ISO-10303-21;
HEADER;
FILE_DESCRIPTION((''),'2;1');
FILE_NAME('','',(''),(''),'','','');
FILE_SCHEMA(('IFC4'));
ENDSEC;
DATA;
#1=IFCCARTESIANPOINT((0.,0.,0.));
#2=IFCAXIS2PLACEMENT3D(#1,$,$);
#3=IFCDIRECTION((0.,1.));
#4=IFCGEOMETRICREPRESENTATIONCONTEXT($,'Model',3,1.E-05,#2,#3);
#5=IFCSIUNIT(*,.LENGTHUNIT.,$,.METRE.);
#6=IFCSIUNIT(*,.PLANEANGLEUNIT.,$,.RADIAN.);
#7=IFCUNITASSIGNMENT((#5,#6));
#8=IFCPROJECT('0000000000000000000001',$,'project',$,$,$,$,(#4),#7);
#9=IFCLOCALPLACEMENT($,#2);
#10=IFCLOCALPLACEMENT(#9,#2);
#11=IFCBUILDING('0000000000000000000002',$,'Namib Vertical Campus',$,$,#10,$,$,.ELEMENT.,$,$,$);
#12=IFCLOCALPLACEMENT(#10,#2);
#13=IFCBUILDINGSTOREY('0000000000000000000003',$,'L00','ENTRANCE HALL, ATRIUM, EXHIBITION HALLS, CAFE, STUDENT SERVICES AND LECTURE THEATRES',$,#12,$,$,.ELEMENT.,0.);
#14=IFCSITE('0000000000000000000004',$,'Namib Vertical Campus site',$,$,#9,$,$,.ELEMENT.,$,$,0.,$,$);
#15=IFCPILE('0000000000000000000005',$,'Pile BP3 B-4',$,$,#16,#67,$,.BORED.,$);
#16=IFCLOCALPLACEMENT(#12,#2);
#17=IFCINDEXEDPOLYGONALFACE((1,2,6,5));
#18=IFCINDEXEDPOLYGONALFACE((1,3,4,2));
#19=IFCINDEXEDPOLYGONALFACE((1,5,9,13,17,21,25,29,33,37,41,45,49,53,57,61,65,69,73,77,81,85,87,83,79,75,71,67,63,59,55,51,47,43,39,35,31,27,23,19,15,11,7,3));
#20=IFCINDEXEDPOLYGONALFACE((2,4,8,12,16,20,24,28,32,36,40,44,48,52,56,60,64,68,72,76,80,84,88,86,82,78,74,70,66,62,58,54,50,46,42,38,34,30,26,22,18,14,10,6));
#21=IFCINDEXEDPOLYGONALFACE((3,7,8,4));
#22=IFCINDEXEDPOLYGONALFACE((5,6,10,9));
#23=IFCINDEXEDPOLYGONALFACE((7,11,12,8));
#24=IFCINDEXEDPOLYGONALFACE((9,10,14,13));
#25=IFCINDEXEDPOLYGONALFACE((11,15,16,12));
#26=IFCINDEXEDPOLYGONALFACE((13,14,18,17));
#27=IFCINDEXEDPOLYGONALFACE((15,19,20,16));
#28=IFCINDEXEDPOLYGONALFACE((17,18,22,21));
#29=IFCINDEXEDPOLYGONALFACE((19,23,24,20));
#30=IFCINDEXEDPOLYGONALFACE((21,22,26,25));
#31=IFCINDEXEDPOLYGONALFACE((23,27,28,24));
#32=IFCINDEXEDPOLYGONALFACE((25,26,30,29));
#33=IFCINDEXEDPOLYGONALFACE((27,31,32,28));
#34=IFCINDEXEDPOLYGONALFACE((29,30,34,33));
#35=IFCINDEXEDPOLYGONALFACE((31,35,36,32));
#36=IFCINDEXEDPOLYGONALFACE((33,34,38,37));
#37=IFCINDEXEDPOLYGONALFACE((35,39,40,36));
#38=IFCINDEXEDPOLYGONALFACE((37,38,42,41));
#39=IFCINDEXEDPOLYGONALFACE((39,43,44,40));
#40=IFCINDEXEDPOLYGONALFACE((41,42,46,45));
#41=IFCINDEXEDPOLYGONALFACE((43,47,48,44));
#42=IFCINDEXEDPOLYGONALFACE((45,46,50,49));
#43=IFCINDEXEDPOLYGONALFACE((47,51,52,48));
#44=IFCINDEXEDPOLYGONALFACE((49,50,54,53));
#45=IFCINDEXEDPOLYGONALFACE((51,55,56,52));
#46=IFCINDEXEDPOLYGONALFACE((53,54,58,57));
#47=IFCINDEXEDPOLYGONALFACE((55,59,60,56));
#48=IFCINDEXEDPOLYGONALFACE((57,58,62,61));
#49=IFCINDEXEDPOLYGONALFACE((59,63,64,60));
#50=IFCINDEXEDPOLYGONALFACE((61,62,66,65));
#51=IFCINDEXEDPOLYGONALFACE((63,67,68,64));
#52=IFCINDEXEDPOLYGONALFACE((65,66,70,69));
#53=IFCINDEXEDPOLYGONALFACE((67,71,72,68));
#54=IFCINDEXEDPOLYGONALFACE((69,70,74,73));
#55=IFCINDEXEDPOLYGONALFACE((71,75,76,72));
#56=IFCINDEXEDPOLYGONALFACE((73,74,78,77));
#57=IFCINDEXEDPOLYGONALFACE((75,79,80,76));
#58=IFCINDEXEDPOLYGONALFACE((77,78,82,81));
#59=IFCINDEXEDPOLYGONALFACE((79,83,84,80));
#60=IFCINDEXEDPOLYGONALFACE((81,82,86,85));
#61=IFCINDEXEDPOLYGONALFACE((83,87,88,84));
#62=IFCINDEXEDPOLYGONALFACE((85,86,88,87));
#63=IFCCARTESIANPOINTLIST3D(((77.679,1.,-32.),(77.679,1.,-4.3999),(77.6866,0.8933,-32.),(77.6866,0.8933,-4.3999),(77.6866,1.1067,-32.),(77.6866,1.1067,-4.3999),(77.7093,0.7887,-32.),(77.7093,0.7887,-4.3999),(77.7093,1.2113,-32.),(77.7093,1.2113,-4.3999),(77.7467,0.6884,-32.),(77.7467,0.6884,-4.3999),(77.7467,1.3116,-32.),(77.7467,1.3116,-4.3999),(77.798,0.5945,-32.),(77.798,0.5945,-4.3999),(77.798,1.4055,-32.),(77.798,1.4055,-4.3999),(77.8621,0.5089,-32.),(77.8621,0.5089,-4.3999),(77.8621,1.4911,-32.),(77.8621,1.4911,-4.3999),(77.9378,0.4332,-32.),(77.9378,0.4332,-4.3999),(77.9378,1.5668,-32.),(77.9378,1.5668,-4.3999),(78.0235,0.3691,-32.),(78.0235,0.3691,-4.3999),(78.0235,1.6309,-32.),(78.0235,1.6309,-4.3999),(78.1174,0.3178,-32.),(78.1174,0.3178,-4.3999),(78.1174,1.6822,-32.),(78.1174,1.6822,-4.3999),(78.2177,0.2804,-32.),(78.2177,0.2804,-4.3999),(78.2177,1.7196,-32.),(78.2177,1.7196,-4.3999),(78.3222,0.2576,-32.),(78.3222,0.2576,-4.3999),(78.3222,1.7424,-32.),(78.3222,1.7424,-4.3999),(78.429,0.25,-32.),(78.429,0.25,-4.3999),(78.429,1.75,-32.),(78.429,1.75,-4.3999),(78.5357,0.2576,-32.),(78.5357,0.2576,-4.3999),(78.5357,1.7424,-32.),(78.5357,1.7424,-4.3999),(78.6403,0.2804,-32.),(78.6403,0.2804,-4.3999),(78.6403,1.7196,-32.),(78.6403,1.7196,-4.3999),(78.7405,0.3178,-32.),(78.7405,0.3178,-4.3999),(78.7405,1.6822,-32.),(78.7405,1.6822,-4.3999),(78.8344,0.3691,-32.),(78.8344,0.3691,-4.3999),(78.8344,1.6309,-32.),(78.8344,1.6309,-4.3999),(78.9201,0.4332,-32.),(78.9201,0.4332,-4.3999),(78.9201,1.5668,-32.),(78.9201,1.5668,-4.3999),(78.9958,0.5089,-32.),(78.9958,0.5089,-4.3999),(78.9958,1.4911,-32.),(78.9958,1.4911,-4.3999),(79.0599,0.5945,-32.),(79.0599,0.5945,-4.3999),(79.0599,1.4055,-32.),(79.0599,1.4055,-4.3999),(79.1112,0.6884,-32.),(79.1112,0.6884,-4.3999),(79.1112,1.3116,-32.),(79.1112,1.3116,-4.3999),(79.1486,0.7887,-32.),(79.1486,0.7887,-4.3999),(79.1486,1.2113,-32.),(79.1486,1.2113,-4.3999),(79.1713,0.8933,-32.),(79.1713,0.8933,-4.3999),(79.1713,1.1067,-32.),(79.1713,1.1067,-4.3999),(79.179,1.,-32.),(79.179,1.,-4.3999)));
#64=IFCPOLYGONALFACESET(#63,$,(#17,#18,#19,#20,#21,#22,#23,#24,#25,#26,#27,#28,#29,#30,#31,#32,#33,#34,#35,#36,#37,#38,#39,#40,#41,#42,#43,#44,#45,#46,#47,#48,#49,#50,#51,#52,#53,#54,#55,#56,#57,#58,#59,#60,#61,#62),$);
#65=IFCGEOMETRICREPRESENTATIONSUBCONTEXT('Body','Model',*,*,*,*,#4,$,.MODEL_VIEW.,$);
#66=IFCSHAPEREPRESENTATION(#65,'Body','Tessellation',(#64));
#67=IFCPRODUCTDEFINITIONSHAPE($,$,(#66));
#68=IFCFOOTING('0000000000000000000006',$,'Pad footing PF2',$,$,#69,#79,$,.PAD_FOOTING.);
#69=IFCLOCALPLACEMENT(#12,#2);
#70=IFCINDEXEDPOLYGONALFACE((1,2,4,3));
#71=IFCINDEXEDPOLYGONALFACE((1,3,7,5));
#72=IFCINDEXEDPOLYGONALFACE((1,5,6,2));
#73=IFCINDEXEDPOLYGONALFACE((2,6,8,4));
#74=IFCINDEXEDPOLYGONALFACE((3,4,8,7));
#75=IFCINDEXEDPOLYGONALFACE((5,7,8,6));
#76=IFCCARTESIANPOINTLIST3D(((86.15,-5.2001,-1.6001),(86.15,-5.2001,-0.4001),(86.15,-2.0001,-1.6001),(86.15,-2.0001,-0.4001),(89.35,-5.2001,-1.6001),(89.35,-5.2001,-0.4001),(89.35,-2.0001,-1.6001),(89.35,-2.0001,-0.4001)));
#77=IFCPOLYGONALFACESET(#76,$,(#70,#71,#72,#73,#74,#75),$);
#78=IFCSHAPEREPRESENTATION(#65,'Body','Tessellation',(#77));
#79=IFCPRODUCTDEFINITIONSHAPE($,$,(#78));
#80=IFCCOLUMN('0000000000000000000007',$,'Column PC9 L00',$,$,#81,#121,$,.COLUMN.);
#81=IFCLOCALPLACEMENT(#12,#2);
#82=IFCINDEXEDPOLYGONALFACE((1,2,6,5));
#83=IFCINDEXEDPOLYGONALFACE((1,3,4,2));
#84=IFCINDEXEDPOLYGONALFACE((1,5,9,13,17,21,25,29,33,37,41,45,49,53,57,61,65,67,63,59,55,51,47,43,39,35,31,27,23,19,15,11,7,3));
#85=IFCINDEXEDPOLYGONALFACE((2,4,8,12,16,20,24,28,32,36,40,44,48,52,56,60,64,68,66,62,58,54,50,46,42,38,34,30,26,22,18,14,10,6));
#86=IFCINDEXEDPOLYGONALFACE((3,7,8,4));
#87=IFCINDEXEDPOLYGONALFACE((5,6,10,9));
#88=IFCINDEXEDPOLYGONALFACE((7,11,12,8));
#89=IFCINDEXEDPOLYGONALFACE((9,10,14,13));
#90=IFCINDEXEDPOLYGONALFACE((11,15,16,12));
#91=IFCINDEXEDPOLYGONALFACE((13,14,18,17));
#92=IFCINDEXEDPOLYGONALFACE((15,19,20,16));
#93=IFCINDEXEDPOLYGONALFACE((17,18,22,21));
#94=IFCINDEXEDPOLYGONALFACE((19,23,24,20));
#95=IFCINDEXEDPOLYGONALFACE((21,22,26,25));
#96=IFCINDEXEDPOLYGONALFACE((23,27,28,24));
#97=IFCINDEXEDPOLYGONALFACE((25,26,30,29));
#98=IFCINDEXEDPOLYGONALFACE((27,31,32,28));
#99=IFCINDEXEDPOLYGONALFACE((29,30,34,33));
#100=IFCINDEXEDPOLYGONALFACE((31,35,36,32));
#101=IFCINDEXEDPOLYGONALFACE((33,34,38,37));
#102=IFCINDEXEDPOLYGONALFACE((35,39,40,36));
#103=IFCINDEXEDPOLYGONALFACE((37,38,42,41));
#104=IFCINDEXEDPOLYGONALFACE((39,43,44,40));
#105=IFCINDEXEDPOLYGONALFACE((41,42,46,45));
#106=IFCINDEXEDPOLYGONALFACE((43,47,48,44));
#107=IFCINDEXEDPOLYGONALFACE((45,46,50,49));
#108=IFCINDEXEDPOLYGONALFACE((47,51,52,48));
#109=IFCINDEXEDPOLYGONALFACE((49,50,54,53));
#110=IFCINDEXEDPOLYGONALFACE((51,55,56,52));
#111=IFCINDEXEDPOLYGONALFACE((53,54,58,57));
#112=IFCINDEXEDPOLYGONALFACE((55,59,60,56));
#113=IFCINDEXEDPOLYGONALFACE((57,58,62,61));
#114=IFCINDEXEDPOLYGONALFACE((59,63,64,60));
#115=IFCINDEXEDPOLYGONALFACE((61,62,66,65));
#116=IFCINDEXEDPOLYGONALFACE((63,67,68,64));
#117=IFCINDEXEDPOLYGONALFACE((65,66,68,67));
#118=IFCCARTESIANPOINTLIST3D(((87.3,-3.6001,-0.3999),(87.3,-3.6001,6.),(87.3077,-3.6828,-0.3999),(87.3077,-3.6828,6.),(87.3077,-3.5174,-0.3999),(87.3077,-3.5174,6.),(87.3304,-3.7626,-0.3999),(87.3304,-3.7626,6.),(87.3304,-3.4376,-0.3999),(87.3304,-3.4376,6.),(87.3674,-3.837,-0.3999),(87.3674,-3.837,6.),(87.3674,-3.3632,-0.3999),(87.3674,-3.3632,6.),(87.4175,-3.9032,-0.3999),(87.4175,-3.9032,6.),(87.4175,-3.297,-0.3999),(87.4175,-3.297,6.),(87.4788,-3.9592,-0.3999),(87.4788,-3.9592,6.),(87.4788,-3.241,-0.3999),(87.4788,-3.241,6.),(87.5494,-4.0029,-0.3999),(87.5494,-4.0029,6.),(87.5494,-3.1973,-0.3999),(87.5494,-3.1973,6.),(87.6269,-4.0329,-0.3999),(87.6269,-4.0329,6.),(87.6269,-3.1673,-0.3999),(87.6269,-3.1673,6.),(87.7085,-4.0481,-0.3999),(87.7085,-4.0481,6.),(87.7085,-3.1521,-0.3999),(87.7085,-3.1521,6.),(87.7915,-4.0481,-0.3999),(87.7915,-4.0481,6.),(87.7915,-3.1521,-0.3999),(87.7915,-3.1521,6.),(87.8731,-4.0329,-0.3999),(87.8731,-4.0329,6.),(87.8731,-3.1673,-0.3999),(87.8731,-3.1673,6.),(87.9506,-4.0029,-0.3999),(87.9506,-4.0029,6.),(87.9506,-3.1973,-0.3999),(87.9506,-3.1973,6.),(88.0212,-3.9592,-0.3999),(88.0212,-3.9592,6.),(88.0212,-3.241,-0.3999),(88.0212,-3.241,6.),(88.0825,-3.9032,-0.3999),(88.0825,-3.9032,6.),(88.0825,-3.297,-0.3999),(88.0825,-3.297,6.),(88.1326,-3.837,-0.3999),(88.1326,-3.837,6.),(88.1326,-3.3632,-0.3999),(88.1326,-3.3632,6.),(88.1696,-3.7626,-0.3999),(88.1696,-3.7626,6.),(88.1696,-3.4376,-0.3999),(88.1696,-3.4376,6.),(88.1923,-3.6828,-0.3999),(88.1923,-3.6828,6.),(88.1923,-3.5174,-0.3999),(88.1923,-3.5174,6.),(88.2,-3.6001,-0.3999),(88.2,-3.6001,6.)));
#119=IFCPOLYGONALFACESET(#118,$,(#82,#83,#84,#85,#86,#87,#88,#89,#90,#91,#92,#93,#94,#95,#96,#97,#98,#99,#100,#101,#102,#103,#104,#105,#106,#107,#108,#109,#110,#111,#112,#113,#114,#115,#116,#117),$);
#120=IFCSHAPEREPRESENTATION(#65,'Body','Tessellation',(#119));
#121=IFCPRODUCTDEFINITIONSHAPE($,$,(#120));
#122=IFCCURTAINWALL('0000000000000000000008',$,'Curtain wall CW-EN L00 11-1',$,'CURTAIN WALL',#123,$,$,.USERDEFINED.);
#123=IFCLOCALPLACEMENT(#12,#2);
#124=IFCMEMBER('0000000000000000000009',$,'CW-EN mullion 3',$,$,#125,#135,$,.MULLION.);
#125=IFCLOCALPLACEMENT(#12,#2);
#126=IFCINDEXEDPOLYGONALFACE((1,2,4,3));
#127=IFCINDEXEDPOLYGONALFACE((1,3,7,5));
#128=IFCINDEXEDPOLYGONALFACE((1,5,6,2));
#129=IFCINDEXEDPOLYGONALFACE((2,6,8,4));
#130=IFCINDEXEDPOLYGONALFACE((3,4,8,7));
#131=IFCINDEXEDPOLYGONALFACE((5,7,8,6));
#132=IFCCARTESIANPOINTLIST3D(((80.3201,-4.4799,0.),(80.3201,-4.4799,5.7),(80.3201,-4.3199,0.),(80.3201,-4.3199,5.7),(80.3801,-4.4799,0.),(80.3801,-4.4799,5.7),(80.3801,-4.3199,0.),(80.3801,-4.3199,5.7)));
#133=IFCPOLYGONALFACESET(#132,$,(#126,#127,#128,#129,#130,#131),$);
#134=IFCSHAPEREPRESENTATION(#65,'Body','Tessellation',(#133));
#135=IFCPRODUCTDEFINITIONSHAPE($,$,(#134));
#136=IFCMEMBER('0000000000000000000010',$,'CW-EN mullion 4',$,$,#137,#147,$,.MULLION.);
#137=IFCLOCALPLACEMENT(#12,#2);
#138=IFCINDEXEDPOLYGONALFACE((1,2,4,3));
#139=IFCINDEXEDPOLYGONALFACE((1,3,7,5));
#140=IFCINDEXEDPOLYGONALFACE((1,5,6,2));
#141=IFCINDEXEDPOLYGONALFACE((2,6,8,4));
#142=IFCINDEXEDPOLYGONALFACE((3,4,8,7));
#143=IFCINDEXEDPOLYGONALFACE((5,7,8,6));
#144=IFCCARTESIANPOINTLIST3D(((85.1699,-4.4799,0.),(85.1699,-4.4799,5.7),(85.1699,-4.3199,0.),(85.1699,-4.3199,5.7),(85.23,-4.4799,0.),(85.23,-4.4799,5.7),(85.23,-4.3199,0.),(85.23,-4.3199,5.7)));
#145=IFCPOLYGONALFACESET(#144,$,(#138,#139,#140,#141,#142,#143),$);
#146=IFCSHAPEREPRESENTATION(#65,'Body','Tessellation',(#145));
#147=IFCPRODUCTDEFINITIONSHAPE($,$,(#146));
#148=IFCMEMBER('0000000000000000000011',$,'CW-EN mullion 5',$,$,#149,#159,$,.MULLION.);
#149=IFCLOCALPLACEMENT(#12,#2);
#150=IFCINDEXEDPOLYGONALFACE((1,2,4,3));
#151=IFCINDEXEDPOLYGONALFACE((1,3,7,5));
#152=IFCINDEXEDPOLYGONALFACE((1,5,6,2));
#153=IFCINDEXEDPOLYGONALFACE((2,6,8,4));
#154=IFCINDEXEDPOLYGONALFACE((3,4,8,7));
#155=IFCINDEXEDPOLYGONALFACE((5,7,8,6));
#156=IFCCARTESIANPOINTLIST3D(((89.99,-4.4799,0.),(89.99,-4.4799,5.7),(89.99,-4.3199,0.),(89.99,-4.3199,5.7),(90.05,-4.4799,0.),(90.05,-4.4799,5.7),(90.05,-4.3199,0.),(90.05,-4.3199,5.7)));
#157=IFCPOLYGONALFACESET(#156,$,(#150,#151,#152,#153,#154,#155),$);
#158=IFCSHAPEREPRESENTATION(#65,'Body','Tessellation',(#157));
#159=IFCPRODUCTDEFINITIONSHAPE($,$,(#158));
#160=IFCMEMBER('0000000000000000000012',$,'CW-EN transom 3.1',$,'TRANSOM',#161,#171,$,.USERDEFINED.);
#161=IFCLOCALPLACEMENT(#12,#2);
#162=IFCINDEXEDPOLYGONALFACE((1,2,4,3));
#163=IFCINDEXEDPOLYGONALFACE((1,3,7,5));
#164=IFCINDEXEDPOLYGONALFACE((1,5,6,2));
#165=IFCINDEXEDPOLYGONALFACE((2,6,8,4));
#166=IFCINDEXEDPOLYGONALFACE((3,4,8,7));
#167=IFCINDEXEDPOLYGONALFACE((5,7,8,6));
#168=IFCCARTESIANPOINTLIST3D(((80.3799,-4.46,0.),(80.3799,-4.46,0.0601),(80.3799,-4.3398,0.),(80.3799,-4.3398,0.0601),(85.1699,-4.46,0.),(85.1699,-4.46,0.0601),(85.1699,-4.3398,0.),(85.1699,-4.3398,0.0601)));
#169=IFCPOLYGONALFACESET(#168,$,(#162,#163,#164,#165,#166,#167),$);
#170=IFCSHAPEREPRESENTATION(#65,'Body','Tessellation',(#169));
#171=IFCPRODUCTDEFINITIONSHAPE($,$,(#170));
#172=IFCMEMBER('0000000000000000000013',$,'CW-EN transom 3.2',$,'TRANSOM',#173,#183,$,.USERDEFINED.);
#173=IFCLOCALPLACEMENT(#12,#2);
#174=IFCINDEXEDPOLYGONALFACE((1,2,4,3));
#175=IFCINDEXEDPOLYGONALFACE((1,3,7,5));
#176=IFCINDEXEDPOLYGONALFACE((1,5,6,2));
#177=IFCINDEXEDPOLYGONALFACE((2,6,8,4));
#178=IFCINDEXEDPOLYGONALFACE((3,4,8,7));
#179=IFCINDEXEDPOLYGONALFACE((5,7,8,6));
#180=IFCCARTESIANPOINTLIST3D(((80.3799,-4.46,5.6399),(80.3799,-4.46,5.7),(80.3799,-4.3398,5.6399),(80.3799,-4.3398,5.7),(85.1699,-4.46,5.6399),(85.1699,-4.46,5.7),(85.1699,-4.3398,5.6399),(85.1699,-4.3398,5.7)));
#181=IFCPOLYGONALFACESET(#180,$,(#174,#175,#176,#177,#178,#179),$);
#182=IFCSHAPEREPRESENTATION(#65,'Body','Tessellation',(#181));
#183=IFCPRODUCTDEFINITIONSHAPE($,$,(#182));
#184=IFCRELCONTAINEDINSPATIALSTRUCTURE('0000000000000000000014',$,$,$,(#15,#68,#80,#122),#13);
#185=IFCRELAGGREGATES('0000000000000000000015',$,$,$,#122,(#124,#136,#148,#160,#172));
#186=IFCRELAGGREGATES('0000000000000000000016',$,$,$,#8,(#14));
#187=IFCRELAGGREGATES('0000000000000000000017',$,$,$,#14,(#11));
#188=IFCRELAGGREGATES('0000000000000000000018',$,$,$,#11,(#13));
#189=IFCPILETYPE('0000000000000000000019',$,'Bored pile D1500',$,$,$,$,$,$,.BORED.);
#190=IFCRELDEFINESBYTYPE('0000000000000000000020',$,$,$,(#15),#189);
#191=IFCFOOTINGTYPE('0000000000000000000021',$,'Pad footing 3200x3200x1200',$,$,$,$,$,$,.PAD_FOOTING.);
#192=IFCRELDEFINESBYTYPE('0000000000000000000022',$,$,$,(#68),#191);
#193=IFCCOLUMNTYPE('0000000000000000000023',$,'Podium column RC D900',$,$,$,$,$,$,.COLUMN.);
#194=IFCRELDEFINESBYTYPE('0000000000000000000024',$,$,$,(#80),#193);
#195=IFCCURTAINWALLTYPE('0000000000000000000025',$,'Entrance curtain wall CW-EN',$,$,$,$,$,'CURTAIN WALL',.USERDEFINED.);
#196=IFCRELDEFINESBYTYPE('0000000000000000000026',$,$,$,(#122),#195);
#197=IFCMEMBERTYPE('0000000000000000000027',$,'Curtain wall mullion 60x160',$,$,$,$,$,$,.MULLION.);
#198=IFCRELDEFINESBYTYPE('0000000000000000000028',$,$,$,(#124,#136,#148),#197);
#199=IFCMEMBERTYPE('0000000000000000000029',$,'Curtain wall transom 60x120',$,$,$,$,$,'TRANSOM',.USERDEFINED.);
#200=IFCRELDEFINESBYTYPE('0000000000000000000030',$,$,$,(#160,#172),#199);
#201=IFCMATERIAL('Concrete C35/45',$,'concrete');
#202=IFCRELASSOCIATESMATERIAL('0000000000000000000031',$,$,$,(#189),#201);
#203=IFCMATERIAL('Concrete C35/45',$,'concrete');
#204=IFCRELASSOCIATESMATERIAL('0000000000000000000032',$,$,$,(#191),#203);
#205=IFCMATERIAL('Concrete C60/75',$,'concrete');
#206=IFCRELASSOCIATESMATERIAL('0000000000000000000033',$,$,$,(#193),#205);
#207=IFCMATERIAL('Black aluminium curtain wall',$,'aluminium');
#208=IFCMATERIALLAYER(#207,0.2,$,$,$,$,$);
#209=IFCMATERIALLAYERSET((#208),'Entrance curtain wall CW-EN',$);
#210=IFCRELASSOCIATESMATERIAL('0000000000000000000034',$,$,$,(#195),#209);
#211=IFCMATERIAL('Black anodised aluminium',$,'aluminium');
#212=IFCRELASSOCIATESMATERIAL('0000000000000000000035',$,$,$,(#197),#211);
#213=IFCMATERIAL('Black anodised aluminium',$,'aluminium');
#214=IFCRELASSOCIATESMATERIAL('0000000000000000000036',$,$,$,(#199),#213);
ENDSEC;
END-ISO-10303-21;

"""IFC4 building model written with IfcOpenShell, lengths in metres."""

from ifc_helpers import new_model, si_unit, direction, frame, origin, origin_2d, place, context, subcontext, project, spatial, rectangle, circle, extrude, material, layer, layer_set, material_profile, profile_set, type_object, element, aggregate, save


model = new_model("IFC4")

# Units and contexts
model_context = context("Model", 3, precision=1e-05, world=origin(), true_north=direction((0.0, 1.0)))
body_context = subcontext(model_context, "Body", "Model", "MODEL_VIEW")
ifc_project = project(units=[si_unit("LENGTHUNIT", "METRE"), si_unit("PLANEANGLEUNIT", "RADIAN")], contexts=[model_context])

# Site, building, storey
site_placement = place(None, origin())
site = spatial("IfcSite", under=ifc_project, at=site_placement, Name="Namib Vertical Campus site", CompositionType="ELEMENT", RefElevation=0.0)
building_placement = place(site_placement, origin())
building = spatial("IfcBuilding", under=site, at=building_placement, Name="Namib Vertical Campus", CompositionType="ELEMENT")
storey_placement = place(building_placement, origin())
storey = spatial("IfcBuildingStorey", under=building, at=storey_placement, Name="L00", Description="ENTRANCE HALL, ATRIUM, EXHIBITION HALLS, CAFE, STUDENT SERVICES AND LECTURE THEATRES", CompositionType="ELEMENT", Elevation=0.0)

# Pile
ifc_material_1 = material(Name="Concrete C35/45", Category="concrete")
ifc_material_profile_1 = material_profile(ifc_material_1, circle(Radius=0.75, at=origin_2d()))
ifc_profile_set_1 = profile_set([ifc_material_profile_1], Name="Concrete C35/45")
pile_type = type_object("IfcPileType", Name="Bored pile D1500", PredefinedType="BORED", material=ifc_profile_set_1)
pile_placement = place(storey_placement, frame((78.429, 1.0, -4.3999), z_axis=(0.0, 0.0, -1.0), x_axis=(1.0, 0.0, 0.0)))
element("IfcPile", 1, at=pile_placement, inside=storey, type_object=pile_type, Name="Pile BP3 B-4", PredefinedType="BORED", context=body_context, shape_type="SweptSolid", body=[
    extrude(circle(Radius=0.75, at=origin_2d()), origin(), (0.0, 0.0, 1.0), 27.6001),
])

# Footing
ifc_material_2 = material(Name="Concrete C35/45", Category="concrete")
footing_type = type_object("IfcFootingType", Name="Pad footing 3200x3200x1200", PredefinedType="PAD_FOOTING", material=ifc_material_2)
footing_placement = place(storey_placement, frame((87.75, -3.6001, -1.6001), z_axis=(0.0, 0.0, 1.0), x_axis=(1.0, 0.0, 0.0)))
element("IfcFooting", 2, at=footing_placement, inside=storey, type_object=footing_type, Name="Pad footing PF2", PredefinedType="PAD_FOOTING", context=body_context, shape_type="SweptSolid", body=[
    extrude(rectangle(XDim=3.2, YDim=3.2, at=origin_2d()), origin(), (0.0, 0.0, 1.0), 1.2),
])

# Column
ifc_material_3 = material(Name="Concrete C60/75", Category="concrete")
ifc_material_profile_2 = material_profile(ifc_material_3, circle(Radius=0.45, at=origin_2d()))
ifc_profile_set_2 = profile_set([ifc_material_profile_2], Name="Concrete C60/75")
column_type = type_object("IfcColumnType", Name="Podium column RC D900", PredefinedType="COLUMN", material=ifc_profile_set_2)
column_placement = place(storey_placement, frame((87.75, -3.6001, -0.3999), z_axis=(0.0, 0.0, 1.0), x_axis=(1.0, 0.0, 0.0)))
element("IfcColumn", 3, at=column_placement, inside=storey, type_object=column_type, Name="Column PC9 L00", PredefinedType="COLUMN", context=body_context, shape_type="SweptSolid", body=[
    extrude(circle(Radius=0.45, at=origin_2d()), origin(), (0.0, 0.0, 1.0), 6.3999),
])

# Curtain wall, members
ifc_material_4 = material(Name="Black aluminium curtain wall", Category="aluminium")
ifc_layer_1 = layer(ifc_material_4, 0.2)
ifc_layer_set_1 = layer_set([ifc_layer_1], Name="Entrance curtain wall CW-EN")
curtain_wall_type = type_object("IfcCurtainWallType", Name="Entrance curtain wall CW-EN", ElementType="CURTAIN WALL", PredefinedType="USERDEFINED", material=ifc_layer_set_1)
curtain_wall_placement = place(storey_placement, origin())
curtain_wall = element("IfcCurtainWall", 4, at=curtain_wall_placement, inside=storey, type_object=curtain_wall_type, Name="Curtain wall CW-EN L00 11-1", ObjectType="CURTAIN WALL", PredefinedType="USERDEFINED")
ifc_material_5 = material(Name="Black anodised aluminium", Category="aluminium")
ifc_material_profile_3 = material_profile(ifc_material_5, rectangle(XDim=0.0601, YDim=0.1599, at=origin_2d()))
ifc_profile_set_3 = profile_set([ifc_material_profile_3], Name="Black anodised aluminium")
member_type_1 = type_object("IfcMemberType", Name="Curtain wall mullion 60x160", PredefinedType="MULLION", material=ifc_profile_set_3)
member_1_placement = place(storey_placement, frame((80.3501, -4.3999, 0.0), z_axis=(0.0, 0.0, 1.0), x_axis=(1.0, 0.0, 0.0)))
member_1 = element("IfcMember", 5, at=member_1_placement, type_object=member_type_1, Name="CW-EN mullion 3", PredefinedType="MULLION", context=body_context, shape_type="SweptSolid", body=[
    extrude(rectangle(XDim=0.0601, YDim=0.1599, at=origin_2d()), origin(), (0.0, 0.0, 1.0), 5.7),
])
member_2_placement = place(storey_placement, frame((85.2, -4.3999, 0.0), z_axis=(0.0, 0.0, 1.0), x_axis=(1.0, 0.0, 0.0)))
member_2 = element("IfcMember", 6, at=member_2_placement, type_object=member_type_1, Name="CW-EN mullion 4", PredefinedType="MULLION", context=body_context, shape_type="SweptSolid", body=[
    extrude(rectangle(XDim=0.0601, YDim=0.1599, at=origin_2d()), origin(), (0.0, 0.0, 1.0), 5.7),
])
member_3_placement = place(storey_placement, frame((90.02, -4.3999, 0.0), z_axis=(0.0, 0.0, 1.0), x_axis=(1.0, 0.0, 0.0)))
member_3 = element("IfcMember", 7, at=member_3_placement, type_object=member_type_1, Name="CW-EN mullion 5", PredefinedType="MULLION", context=body_context, shape_type="SweptSolid", body=[
    extrude(rectangle(XDim=0.0601, YDim=0.1599, at=origin_2d()), origin(), (0.0, 0.0, 1.0), 5.7),
])
ifc_material_6 = material(Name="Black anodised aluminium", Category="aluminium")
ifc_material_profile_4 = material_profile(ifc_material_6, rectangle(XDim=0.0601, YDim=0.1201, at=origin_2d()))
ifc_profile_set_4 = profile_set([ifc_material_profile_4], Name="Black anodised aluminium")
member_type_2 = type_object("IfcMemberType", Name="Curtain wall transom 60x120", ElementType="TRANSOM", PredefinedType="USERDEFINED", material=ifc_profile_set_4)
member_4_placement = place(storey_placement, frame((80.3799, -4.3999, 0.03), z_axis=(1.0, 0.0, 0.0), x_axis=(0.0, 0.0, 1.0)))
member_4 = element("IfcMember", 8, at=member_4_placement, type_object=member_type_2, Name="CW-EN transom 3.1", ObjectType="TRANSOM", PredefinedType="USERDEFINED", context=body_context, shape_type="SweptSolid", body=[
    extrude(rectangle(XDim=0.0601, YDim=0.1201, at=origin_2d()), origin(), (0.0, 0.0, 1.0), 4.79),
])
member_5_placement = place(storey_placement, frame((80.3799, -4.3999, 5.6699), z_axis=(1.0, 0.0, 0.0), x_axis=(0.0, 0.0, 1.0)))
member_5 = element("IfcMember", 9, at=member_5_placement, type_object=member_type_2, Name="CW-EN transom 3.2", ObjectType="TRANSOM", PredefinedType="USERDEFINED", context=body_context, shape_type="SweptSolid", body=[
    extrude(rectangle(XDim=0.0601, YDim=0.1201, at=origin_2d()), origin(), (0.0, 0.0, 1.0), 4.79),
])
aggregate(curtain_wall, [member_1, member_2, member_3, member_4, member_5])

save(model, "model.ifc")
